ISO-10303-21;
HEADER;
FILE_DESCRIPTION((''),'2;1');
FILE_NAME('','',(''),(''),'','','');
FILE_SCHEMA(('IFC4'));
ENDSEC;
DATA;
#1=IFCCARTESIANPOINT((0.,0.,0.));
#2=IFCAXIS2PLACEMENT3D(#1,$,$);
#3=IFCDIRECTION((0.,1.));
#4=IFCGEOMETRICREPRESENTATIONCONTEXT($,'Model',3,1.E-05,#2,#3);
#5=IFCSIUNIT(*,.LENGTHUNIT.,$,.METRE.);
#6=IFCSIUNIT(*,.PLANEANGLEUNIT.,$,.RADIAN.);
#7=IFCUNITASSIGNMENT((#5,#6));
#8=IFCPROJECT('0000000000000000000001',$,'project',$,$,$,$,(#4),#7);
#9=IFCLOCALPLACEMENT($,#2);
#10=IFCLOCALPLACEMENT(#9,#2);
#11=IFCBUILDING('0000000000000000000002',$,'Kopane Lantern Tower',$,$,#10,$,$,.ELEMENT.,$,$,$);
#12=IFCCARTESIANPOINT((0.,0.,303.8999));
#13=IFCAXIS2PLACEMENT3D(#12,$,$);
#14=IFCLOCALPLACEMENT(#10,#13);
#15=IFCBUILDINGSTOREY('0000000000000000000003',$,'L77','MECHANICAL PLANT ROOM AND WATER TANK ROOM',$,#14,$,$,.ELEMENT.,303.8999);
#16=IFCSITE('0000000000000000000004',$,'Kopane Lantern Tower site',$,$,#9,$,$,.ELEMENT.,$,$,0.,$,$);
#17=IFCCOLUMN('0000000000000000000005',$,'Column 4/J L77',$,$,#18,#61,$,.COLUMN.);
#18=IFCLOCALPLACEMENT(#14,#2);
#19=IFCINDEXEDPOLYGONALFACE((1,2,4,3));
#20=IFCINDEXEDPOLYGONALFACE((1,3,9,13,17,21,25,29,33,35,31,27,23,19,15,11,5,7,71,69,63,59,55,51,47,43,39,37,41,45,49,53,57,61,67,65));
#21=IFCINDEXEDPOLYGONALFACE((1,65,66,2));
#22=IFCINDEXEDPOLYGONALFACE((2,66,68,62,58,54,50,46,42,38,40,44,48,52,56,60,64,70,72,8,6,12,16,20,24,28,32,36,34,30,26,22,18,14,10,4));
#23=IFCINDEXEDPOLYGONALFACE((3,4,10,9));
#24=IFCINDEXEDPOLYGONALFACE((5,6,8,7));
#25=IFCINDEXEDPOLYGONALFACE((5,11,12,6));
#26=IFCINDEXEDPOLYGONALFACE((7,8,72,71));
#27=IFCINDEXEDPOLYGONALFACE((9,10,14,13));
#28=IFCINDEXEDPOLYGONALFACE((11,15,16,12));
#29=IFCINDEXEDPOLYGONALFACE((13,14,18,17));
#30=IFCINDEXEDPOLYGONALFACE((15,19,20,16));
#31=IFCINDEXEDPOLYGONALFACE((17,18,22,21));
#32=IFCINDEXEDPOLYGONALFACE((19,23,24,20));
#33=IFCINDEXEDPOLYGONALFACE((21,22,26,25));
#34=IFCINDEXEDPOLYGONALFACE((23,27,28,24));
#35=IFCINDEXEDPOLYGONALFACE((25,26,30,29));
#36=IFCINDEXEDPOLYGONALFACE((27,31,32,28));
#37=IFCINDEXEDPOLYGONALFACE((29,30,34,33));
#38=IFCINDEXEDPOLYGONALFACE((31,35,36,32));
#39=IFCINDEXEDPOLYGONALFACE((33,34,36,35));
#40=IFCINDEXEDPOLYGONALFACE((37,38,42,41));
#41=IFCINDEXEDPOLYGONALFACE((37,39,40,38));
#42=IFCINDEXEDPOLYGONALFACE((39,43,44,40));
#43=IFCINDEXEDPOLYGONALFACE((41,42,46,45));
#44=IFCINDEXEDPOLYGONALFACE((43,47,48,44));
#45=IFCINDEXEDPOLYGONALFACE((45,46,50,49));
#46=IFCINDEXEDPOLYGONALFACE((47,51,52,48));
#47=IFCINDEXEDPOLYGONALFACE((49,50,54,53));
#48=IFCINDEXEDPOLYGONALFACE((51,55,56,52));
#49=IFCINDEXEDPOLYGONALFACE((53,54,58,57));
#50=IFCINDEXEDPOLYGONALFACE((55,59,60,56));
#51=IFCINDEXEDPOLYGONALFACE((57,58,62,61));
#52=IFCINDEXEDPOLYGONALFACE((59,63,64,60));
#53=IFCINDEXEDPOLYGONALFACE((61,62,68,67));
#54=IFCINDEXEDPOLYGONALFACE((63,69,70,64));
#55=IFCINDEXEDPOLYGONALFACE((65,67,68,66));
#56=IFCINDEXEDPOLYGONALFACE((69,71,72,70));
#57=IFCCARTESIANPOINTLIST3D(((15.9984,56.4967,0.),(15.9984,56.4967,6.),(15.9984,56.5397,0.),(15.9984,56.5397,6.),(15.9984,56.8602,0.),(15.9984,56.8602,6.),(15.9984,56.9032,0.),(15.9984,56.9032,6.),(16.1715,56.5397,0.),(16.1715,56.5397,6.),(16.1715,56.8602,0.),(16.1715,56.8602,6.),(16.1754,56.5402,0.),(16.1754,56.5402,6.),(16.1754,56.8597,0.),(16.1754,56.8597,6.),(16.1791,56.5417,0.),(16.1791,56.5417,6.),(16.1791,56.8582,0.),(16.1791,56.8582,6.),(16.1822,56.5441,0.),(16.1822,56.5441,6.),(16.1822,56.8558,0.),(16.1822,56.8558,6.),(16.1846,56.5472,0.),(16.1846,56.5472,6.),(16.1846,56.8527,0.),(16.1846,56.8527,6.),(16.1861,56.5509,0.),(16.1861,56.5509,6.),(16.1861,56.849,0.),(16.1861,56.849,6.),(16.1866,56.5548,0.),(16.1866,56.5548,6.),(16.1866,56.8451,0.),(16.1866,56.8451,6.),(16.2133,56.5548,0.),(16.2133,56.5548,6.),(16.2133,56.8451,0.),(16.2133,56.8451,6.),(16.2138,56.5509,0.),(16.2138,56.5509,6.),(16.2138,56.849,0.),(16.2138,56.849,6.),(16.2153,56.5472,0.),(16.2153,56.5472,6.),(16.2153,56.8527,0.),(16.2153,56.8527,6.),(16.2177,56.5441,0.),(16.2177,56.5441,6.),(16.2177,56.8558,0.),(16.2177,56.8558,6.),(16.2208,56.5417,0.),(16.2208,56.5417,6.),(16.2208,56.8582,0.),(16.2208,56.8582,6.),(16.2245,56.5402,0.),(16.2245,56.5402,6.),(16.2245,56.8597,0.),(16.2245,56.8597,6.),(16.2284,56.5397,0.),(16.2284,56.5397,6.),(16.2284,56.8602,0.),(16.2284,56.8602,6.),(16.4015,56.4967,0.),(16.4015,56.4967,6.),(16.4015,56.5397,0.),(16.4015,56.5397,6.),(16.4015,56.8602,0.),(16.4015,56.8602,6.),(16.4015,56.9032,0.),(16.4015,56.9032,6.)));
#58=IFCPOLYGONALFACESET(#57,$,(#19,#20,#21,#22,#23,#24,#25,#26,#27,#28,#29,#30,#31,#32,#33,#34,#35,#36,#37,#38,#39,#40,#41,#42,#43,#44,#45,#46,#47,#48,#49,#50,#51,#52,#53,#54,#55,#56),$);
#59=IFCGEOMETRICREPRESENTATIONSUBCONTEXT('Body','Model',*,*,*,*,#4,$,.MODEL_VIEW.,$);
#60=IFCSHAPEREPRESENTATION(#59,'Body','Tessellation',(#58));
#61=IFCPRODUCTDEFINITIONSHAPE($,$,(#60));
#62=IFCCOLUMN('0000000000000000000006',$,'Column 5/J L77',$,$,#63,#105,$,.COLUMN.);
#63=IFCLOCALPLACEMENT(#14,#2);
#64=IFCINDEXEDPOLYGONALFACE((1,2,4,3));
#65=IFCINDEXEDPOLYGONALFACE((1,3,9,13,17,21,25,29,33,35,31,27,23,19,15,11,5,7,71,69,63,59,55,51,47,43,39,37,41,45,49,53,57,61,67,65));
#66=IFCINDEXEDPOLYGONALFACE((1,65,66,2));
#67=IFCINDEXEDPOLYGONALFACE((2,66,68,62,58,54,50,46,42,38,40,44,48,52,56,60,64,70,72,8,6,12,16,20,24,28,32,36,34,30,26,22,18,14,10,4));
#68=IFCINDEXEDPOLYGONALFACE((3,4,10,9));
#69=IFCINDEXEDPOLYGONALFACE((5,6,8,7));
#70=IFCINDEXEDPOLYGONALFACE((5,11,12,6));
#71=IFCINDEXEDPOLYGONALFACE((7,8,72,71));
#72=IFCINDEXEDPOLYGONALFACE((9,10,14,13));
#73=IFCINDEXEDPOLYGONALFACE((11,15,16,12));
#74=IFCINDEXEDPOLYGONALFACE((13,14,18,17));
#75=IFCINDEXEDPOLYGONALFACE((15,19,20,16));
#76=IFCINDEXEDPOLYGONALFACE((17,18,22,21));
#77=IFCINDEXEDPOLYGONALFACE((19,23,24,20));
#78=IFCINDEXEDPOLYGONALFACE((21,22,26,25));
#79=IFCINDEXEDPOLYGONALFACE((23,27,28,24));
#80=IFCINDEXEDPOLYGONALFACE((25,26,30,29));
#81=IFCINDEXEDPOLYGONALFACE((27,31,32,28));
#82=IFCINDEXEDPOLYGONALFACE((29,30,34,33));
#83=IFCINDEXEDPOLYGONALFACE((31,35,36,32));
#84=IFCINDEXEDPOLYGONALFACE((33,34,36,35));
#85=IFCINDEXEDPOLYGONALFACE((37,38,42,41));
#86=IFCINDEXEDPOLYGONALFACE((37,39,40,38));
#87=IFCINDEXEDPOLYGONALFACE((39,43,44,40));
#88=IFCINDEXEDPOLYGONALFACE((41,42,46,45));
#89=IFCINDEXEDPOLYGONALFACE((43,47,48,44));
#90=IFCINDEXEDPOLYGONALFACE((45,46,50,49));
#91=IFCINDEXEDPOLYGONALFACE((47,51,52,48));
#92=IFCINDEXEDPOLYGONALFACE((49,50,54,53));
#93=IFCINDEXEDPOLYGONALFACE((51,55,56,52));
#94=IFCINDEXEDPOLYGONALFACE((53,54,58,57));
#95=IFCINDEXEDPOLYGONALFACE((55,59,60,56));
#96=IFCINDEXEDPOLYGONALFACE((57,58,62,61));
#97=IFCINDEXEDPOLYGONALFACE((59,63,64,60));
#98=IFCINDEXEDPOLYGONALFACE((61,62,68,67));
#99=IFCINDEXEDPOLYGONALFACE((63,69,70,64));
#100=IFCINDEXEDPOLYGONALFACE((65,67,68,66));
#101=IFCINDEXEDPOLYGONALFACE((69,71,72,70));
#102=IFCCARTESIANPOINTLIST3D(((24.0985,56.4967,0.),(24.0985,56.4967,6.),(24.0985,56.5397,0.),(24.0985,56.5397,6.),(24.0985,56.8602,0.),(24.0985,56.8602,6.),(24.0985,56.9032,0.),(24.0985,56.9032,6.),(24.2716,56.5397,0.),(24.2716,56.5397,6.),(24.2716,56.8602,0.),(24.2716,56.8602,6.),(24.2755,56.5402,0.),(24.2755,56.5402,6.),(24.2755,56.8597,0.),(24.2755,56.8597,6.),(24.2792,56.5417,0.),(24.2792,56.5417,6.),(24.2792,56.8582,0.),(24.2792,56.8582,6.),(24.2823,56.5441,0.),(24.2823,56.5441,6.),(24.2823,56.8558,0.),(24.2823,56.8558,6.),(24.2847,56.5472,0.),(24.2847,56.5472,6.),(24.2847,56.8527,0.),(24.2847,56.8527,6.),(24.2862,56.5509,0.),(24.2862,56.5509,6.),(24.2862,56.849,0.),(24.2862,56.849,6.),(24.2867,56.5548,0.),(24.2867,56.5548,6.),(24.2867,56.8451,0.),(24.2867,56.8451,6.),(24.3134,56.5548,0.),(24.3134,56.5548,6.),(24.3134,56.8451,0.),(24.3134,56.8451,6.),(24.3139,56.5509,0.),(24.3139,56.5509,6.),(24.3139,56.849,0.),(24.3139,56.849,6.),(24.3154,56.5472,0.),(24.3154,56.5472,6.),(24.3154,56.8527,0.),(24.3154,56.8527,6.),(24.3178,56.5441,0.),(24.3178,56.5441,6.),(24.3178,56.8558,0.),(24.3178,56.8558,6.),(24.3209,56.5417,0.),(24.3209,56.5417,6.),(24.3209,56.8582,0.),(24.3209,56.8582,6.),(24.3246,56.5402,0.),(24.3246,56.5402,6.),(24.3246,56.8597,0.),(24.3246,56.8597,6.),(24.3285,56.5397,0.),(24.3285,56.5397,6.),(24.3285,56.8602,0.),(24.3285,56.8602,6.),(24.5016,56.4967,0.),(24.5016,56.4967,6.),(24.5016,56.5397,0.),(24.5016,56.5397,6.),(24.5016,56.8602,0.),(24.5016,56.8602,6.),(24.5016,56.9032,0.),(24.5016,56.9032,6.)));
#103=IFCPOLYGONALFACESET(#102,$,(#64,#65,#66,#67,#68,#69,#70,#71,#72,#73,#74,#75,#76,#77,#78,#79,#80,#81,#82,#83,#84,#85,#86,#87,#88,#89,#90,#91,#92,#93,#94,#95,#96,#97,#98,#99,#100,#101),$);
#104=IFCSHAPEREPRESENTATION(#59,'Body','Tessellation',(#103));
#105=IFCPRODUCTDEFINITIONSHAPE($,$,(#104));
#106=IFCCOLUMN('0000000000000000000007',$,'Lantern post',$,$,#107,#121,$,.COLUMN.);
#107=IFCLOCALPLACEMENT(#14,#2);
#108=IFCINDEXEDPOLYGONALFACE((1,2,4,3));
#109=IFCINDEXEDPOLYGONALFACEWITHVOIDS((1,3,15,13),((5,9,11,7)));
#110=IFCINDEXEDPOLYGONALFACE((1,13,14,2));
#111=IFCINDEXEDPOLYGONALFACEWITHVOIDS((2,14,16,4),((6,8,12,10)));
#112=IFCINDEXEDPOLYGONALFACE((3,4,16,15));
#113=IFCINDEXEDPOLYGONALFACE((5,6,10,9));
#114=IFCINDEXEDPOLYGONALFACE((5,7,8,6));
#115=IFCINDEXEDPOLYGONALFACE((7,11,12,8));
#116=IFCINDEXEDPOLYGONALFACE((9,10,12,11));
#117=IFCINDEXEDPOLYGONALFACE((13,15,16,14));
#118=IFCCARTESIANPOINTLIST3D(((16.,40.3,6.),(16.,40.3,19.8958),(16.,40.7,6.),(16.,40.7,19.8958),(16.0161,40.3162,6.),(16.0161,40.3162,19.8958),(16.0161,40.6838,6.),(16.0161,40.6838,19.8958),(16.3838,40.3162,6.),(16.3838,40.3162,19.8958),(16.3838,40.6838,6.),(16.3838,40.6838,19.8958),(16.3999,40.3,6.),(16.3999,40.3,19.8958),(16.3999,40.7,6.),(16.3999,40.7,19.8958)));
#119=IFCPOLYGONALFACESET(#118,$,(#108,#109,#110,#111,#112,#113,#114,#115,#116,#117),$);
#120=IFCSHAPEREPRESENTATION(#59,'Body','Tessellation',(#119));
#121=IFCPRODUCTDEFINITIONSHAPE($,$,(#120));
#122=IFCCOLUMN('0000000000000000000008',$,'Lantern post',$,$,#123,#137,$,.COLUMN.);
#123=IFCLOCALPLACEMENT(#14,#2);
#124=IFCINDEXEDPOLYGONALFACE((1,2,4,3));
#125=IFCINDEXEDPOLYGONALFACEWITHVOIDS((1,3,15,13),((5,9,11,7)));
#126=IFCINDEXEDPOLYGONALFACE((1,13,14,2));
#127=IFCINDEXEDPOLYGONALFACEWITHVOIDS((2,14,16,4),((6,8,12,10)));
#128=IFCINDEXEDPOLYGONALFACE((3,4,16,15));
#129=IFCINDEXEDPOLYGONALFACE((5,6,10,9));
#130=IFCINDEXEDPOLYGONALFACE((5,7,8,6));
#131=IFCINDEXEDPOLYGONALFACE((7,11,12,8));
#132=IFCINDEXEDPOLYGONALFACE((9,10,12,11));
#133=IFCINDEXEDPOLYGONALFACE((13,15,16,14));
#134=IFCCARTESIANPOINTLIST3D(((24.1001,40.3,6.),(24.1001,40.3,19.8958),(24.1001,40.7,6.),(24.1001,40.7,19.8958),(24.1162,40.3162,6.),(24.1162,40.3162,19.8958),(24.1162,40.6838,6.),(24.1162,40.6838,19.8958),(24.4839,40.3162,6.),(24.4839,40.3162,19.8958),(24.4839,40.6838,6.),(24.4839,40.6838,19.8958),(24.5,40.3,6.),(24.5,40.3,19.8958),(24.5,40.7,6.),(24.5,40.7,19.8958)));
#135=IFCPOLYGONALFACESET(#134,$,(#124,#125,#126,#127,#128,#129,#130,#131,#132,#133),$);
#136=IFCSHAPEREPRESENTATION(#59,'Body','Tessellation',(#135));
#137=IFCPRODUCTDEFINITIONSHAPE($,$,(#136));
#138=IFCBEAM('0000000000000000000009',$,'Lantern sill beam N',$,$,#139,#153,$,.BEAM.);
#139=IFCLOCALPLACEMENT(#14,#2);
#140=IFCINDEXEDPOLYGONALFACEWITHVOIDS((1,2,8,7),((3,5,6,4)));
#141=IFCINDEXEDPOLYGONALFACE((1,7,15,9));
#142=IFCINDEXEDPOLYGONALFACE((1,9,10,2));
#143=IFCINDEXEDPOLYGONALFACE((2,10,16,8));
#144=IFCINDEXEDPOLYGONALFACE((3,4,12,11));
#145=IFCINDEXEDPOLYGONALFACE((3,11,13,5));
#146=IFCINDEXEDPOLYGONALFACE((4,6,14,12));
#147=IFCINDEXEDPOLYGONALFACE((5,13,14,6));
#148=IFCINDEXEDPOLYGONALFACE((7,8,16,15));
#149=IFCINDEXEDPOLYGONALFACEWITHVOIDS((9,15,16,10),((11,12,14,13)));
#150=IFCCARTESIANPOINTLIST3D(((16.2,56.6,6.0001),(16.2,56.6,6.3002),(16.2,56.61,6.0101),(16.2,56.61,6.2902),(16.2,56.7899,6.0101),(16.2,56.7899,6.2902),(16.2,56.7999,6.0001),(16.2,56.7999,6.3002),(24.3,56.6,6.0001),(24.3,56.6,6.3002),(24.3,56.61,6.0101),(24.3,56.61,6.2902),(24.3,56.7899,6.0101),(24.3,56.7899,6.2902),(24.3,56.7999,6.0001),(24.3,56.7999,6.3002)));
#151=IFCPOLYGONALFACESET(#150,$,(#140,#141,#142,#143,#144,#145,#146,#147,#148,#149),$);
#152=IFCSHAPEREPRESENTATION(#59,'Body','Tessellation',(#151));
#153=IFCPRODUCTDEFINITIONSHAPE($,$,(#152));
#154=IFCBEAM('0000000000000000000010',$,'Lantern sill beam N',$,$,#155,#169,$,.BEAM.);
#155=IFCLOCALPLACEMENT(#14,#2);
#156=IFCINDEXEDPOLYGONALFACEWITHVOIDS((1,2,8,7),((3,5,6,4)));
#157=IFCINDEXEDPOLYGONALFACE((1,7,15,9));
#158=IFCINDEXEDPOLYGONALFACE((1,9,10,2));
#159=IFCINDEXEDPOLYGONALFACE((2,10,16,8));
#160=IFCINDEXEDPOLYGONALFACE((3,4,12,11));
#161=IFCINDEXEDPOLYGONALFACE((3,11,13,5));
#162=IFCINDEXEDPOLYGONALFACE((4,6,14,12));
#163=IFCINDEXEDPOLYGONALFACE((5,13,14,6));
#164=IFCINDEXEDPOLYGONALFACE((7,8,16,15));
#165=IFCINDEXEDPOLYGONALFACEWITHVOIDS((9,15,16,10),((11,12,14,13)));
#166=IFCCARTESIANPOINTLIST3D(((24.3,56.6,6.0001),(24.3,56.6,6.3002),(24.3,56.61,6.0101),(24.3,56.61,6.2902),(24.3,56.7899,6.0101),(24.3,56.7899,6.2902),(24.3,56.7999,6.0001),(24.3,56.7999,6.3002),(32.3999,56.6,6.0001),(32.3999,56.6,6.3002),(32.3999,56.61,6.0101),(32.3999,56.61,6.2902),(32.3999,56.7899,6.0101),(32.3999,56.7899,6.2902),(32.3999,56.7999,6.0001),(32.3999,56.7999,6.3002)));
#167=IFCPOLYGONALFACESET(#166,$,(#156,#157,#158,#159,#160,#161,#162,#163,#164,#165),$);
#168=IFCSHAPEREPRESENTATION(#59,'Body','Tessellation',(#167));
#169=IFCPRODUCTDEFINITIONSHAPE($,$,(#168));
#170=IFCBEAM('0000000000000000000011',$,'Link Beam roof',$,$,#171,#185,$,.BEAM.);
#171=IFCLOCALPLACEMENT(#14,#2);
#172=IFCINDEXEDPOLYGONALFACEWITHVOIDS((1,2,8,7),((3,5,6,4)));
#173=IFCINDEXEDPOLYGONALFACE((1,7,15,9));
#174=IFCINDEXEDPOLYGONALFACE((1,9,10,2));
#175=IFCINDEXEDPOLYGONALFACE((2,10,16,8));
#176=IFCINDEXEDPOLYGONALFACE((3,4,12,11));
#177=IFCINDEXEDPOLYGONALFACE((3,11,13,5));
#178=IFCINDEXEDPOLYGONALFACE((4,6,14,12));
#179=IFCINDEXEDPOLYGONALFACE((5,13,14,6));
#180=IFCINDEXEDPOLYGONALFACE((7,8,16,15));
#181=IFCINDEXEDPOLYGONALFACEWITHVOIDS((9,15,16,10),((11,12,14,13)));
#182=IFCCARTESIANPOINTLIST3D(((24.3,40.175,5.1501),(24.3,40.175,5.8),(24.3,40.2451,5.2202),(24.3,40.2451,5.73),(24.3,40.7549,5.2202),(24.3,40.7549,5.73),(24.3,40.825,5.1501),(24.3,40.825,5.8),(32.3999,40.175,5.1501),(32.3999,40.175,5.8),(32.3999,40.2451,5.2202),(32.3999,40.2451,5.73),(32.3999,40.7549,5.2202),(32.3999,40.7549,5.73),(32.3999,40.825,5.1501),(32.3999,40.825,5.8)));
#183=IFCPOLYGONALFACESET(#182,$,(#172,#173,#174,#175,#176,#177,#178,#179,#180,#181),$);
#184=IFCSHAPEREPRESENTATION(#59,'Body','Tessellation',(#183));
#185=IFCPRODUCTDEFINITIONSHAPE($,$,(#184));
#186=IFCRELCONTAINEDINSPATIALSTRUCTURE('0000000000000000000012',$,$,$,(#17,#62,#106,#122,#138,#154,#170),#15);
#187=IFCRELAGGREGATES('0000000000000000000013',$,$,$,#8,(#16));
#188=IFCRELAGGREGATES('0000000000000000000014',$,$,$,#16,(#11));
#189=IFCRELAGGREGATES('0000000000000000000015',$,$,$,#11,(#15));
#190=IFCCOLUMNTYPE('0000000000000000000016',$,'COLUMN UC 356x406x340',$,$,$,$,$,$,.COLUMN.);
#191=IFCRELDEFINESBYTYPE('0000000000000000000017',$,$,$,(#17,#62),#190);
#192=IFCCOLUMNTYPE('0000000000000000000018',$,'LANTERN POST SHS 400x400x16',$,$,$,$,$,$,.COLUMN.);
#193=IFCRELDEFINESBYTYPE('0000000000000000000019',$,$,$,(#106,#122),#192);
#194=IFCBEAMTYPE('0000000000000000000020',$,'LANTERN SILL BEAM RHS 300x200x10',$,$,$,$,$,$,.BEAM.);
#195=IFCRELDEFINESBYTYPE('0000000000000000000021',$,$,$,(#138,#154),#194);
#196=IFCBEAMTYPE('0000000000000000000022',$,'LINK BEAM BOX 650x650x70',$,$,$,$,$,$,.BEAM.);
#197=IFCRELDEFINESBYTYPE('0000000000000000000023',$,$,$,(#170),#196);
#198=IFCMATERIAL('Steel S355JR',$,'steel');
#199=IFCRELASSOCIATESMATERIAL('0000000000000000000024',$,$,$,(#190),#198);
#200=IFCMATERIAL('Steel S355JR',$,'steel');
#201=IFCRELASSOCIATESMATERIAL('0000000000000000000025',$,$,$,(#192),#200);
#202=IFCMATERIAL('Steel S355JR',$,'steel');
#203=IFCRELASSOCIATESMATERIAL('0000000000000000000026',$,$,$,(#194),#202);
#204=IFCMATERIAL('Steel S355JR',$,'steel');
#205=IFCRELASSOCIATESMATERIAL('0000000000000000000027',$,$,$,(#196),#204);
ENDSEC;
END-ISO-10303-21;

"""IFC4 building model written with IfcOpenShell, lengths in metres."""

from ifc_helpers import new_model, si_unit, direction, frame, origin, origin_2d, place, context, subcontext, project, spatial, hollow_rectangle, i_section, extrude, material, material_profile, profile_set, type_object, element, save


model = new_model("IFC4")

# Units and contexts
model_context = context("Model", 3, precision=1e-05, world=origin(), true_north=direction((0.0, 1.0)))
body_context = subcontext(model_context, "Body", "Model", "MODEL_VIEW")
ifc_project = project(units=[si_unit("LENGTHUNIT", "METRE"), si_unit("PLANEANGLEUNIT", "RADIAN")], contexts=[model_context])

# Site, building, storey
site_placement = place(None, origin())
site = spatial("IfcSite", under=ifc_project, at=site_placement, Name="Kopane Lantern Tower site", CompositionType="ELEMENT", RefElevation=0.0)
building_placement = place(site_placement, origin())
building = spatial("IfcBuilding", under=site, at=building_placement, Name="Kopane Lantern Tower", CompositionType="ELEMENT")
storey_placement = place(building_placement, frame((0.0, 0.0, 303.8999)))
storey = spatial("IfcBuildingStorey", under=building, at=storey_placement, Name="L77", Description="MECHANICAL PLANT ROOM AND WATER TANK ROOM", CompositionType="ELEMENT", Elevation=303.8999)

# Columns
ifc_material_1 = material(Name="Steel S355JR", Category="steel")
ifc_material_profile_1 = material_profile(ifc_material_1, i_section(OverallWidth=0.4031, OverallDepth=0.4065, WebThickness=0.0266, FlangeThickness=0.043, FilletRadius=0.0151, at=origin_2d()), Name="UC 356x406x340")
ifc_profile_set_1 = profile_set([ifc_material_profile_1], Name="Steel S355JR")
column_type_1 = type_object("IfcColumnType", Name="COLUMN UC 356x406x340", PredefinedType="COLUMN", material=ifc_profile_set_1)
for number, where, z_axis, x_axis, name in (
    (1, (16.2, 56.7, 0.0), (0.0, 0.0, 1.0), (1.0, 0.0, 0.0), "Column 4/J L77"),
    (2, (24.3, 56.7, 0.0), (0.0, 0.0, 1.0), (1.0, 0.0, 0.0), "Column 5/J L77"),
):
    element("IfcColumn", number, at=place(storey_placement, frame(where, z_axis=z_axis, x_axis=x_axis)), inside=storey, type_object=column_type_1, Name=name, PredefinedType="COLUMN", context=body_context, shape_type="SweptSolid", body=[
        extrude(i_section(OverallWidth=0.4031, OverallDepth=0.4065, WebThickness=0.0266, FlangeThickness=0.043, FilletRadius=0.0151, at=origin_2d()), origin(), (0.0, 0.0, 1.0), 6.0),
    ])
ifc_material_2 = material(Name="Steel S355JR", Category="steel")
ifc_material_profile_2 = material_profile(ifc_material_2, hollow_rectangle(XDim=0.3999, YDim=0.3999, WallThickness=0.0161, at=origin_2d()), Name="RHS 400x400x16")
ifc_profile_set_2 = profile_set([ifc_material_profile_2], Name="Steel S355JR")
column_type_2 = type_object("IfcColumnType", Name="LANTERN POST SHS 400x400x16", PredefinedType="COLUMN", material=ifc_profile_set_2)
for number, where, z_axis, x_axis, name in (
    (3, (16.2, 40.5, 6.0), (0.0, 0.0, 1.0), (1.0, 0.0, 0.0), "Lantern post"),
    (4, (24.3, 40.5, 6.0), (0.0, 0.0, 1.0), (1.0, 0.0, 0.0), "Lantern post"),
):
    element("IfcColumn", number, at=place(storey_placement, frame(where, z_axis=z_axis, x_axis=x_axis)), inside=storey, type_object=column_type_2, Name=name, PredefinedType="COLUMN", context=body_context, shape_type="SweptSolid", body=[
        extrude(hollow_rectangle(XDim=0.3999, YDim=0.3999, WallThickness=0.0161, at=origin_2d()), origin(), (0.0, 0.0, 1.0), 13.8958),
    ])

# Beams
ifc_material_3 = material(Name="Steel S355JR", Category="steel")
ifc_material_profile_3 = material_profile(ifc_material_3, hollow_rectangle(XDim=0.2, YDim=0.3, WallThickness=0.01, at=origin_2d()), Name="RHS 300x200x10")
ifc_profile_set_3 = profile_set([ifc_material_profile_3], Name="Steel S355JR")
beam_type_1 = type_object("IfcBeamType", Name="LANTERN SILL BEAM RHS 300x200x10", PredefinedType="BEAM", material=ifc_profile_set_3)
beam_1_placement = place(storey_placement, frame((16.2, 56.7, 6.1501), z_axis=(1.0, 0.0, 0.0), x_axis=(0.0, 1.0, 0.0)))
element("IfcBeam", 5, at=beam_1_placement, inside=storey, type_object=beam_type_1, Name="Lantern sill beam N", PredefinedType="BEAM", context=body_context, shape_type="SweptSolid", body=[
    extrude(hollow_rectangle(XDim=0.2, YDim=0.3, WallThickness=0.01, at=origin_2d()), origin(), (0.0, 0.0, 1.0), 8.1001),
])
beam_2_placement = place(storey_placement, frame((24.3, 56.7, 6.1501), z_axis=(1.0, 0.0, 0.0), x_axis=(0.0, 1.0, 0.0)))
element("IfcBeam", 6, at=beam_2_placement, inside=storey, type_object=beam_type_1, Name="Lantern sill beam N", PredefinedType="BEAM", context=body_context, shape_type="SweptSolid", body=[
    extrude(hollow_rectangle(XDim=0.2, YDim=0.3, WallThickness=0.01, at=origin_2d()), origin(), (0.0, 0.0, 1.0), 8.0999),
])
ifc_material_4 = material(Name="Steel S355JR", Category="steel")
ifc_material_profile_4 = material_profile(ifc_material_4, hollow_rectangle(XDim=0.6499, YDim=0.6499, WallThickness=0.0701, at=origin_2d()), Name="BOX 650x650x70")
ifc_profile_set_4 = profile_set([ifc_material_profile_4], Name="Steel S355JR")
beam_type_2 = type_object("IfcBeamType", Name="LINK BEAM BOX 650x650x70", PredefinedType="BEAM", material=ifc_profile_set_4)
beam_3_placement = place(storey_placement, frame((24.3, 40.5, 5.4751), z_axis=(1.0, 0.0, 0.0), x_axis=(0.0, 1.0, 0.0)))
element("IfcBeam", 7, at=beam_3_placement, inside=storey, type_object=beam_type_2, Name="Link Beam roof", PredefinedType="BEAM", context=body_context, shape_type="SweptSolid", body=[
    extrude(hollow_rectangle(XDim=0.6499, YDim=0.6499, WallThickness=0.0701, at=origin_2d()), origin(), (0.0, 0.0, 1.0), 8.0999),
])

save(model, "model.ifc")
